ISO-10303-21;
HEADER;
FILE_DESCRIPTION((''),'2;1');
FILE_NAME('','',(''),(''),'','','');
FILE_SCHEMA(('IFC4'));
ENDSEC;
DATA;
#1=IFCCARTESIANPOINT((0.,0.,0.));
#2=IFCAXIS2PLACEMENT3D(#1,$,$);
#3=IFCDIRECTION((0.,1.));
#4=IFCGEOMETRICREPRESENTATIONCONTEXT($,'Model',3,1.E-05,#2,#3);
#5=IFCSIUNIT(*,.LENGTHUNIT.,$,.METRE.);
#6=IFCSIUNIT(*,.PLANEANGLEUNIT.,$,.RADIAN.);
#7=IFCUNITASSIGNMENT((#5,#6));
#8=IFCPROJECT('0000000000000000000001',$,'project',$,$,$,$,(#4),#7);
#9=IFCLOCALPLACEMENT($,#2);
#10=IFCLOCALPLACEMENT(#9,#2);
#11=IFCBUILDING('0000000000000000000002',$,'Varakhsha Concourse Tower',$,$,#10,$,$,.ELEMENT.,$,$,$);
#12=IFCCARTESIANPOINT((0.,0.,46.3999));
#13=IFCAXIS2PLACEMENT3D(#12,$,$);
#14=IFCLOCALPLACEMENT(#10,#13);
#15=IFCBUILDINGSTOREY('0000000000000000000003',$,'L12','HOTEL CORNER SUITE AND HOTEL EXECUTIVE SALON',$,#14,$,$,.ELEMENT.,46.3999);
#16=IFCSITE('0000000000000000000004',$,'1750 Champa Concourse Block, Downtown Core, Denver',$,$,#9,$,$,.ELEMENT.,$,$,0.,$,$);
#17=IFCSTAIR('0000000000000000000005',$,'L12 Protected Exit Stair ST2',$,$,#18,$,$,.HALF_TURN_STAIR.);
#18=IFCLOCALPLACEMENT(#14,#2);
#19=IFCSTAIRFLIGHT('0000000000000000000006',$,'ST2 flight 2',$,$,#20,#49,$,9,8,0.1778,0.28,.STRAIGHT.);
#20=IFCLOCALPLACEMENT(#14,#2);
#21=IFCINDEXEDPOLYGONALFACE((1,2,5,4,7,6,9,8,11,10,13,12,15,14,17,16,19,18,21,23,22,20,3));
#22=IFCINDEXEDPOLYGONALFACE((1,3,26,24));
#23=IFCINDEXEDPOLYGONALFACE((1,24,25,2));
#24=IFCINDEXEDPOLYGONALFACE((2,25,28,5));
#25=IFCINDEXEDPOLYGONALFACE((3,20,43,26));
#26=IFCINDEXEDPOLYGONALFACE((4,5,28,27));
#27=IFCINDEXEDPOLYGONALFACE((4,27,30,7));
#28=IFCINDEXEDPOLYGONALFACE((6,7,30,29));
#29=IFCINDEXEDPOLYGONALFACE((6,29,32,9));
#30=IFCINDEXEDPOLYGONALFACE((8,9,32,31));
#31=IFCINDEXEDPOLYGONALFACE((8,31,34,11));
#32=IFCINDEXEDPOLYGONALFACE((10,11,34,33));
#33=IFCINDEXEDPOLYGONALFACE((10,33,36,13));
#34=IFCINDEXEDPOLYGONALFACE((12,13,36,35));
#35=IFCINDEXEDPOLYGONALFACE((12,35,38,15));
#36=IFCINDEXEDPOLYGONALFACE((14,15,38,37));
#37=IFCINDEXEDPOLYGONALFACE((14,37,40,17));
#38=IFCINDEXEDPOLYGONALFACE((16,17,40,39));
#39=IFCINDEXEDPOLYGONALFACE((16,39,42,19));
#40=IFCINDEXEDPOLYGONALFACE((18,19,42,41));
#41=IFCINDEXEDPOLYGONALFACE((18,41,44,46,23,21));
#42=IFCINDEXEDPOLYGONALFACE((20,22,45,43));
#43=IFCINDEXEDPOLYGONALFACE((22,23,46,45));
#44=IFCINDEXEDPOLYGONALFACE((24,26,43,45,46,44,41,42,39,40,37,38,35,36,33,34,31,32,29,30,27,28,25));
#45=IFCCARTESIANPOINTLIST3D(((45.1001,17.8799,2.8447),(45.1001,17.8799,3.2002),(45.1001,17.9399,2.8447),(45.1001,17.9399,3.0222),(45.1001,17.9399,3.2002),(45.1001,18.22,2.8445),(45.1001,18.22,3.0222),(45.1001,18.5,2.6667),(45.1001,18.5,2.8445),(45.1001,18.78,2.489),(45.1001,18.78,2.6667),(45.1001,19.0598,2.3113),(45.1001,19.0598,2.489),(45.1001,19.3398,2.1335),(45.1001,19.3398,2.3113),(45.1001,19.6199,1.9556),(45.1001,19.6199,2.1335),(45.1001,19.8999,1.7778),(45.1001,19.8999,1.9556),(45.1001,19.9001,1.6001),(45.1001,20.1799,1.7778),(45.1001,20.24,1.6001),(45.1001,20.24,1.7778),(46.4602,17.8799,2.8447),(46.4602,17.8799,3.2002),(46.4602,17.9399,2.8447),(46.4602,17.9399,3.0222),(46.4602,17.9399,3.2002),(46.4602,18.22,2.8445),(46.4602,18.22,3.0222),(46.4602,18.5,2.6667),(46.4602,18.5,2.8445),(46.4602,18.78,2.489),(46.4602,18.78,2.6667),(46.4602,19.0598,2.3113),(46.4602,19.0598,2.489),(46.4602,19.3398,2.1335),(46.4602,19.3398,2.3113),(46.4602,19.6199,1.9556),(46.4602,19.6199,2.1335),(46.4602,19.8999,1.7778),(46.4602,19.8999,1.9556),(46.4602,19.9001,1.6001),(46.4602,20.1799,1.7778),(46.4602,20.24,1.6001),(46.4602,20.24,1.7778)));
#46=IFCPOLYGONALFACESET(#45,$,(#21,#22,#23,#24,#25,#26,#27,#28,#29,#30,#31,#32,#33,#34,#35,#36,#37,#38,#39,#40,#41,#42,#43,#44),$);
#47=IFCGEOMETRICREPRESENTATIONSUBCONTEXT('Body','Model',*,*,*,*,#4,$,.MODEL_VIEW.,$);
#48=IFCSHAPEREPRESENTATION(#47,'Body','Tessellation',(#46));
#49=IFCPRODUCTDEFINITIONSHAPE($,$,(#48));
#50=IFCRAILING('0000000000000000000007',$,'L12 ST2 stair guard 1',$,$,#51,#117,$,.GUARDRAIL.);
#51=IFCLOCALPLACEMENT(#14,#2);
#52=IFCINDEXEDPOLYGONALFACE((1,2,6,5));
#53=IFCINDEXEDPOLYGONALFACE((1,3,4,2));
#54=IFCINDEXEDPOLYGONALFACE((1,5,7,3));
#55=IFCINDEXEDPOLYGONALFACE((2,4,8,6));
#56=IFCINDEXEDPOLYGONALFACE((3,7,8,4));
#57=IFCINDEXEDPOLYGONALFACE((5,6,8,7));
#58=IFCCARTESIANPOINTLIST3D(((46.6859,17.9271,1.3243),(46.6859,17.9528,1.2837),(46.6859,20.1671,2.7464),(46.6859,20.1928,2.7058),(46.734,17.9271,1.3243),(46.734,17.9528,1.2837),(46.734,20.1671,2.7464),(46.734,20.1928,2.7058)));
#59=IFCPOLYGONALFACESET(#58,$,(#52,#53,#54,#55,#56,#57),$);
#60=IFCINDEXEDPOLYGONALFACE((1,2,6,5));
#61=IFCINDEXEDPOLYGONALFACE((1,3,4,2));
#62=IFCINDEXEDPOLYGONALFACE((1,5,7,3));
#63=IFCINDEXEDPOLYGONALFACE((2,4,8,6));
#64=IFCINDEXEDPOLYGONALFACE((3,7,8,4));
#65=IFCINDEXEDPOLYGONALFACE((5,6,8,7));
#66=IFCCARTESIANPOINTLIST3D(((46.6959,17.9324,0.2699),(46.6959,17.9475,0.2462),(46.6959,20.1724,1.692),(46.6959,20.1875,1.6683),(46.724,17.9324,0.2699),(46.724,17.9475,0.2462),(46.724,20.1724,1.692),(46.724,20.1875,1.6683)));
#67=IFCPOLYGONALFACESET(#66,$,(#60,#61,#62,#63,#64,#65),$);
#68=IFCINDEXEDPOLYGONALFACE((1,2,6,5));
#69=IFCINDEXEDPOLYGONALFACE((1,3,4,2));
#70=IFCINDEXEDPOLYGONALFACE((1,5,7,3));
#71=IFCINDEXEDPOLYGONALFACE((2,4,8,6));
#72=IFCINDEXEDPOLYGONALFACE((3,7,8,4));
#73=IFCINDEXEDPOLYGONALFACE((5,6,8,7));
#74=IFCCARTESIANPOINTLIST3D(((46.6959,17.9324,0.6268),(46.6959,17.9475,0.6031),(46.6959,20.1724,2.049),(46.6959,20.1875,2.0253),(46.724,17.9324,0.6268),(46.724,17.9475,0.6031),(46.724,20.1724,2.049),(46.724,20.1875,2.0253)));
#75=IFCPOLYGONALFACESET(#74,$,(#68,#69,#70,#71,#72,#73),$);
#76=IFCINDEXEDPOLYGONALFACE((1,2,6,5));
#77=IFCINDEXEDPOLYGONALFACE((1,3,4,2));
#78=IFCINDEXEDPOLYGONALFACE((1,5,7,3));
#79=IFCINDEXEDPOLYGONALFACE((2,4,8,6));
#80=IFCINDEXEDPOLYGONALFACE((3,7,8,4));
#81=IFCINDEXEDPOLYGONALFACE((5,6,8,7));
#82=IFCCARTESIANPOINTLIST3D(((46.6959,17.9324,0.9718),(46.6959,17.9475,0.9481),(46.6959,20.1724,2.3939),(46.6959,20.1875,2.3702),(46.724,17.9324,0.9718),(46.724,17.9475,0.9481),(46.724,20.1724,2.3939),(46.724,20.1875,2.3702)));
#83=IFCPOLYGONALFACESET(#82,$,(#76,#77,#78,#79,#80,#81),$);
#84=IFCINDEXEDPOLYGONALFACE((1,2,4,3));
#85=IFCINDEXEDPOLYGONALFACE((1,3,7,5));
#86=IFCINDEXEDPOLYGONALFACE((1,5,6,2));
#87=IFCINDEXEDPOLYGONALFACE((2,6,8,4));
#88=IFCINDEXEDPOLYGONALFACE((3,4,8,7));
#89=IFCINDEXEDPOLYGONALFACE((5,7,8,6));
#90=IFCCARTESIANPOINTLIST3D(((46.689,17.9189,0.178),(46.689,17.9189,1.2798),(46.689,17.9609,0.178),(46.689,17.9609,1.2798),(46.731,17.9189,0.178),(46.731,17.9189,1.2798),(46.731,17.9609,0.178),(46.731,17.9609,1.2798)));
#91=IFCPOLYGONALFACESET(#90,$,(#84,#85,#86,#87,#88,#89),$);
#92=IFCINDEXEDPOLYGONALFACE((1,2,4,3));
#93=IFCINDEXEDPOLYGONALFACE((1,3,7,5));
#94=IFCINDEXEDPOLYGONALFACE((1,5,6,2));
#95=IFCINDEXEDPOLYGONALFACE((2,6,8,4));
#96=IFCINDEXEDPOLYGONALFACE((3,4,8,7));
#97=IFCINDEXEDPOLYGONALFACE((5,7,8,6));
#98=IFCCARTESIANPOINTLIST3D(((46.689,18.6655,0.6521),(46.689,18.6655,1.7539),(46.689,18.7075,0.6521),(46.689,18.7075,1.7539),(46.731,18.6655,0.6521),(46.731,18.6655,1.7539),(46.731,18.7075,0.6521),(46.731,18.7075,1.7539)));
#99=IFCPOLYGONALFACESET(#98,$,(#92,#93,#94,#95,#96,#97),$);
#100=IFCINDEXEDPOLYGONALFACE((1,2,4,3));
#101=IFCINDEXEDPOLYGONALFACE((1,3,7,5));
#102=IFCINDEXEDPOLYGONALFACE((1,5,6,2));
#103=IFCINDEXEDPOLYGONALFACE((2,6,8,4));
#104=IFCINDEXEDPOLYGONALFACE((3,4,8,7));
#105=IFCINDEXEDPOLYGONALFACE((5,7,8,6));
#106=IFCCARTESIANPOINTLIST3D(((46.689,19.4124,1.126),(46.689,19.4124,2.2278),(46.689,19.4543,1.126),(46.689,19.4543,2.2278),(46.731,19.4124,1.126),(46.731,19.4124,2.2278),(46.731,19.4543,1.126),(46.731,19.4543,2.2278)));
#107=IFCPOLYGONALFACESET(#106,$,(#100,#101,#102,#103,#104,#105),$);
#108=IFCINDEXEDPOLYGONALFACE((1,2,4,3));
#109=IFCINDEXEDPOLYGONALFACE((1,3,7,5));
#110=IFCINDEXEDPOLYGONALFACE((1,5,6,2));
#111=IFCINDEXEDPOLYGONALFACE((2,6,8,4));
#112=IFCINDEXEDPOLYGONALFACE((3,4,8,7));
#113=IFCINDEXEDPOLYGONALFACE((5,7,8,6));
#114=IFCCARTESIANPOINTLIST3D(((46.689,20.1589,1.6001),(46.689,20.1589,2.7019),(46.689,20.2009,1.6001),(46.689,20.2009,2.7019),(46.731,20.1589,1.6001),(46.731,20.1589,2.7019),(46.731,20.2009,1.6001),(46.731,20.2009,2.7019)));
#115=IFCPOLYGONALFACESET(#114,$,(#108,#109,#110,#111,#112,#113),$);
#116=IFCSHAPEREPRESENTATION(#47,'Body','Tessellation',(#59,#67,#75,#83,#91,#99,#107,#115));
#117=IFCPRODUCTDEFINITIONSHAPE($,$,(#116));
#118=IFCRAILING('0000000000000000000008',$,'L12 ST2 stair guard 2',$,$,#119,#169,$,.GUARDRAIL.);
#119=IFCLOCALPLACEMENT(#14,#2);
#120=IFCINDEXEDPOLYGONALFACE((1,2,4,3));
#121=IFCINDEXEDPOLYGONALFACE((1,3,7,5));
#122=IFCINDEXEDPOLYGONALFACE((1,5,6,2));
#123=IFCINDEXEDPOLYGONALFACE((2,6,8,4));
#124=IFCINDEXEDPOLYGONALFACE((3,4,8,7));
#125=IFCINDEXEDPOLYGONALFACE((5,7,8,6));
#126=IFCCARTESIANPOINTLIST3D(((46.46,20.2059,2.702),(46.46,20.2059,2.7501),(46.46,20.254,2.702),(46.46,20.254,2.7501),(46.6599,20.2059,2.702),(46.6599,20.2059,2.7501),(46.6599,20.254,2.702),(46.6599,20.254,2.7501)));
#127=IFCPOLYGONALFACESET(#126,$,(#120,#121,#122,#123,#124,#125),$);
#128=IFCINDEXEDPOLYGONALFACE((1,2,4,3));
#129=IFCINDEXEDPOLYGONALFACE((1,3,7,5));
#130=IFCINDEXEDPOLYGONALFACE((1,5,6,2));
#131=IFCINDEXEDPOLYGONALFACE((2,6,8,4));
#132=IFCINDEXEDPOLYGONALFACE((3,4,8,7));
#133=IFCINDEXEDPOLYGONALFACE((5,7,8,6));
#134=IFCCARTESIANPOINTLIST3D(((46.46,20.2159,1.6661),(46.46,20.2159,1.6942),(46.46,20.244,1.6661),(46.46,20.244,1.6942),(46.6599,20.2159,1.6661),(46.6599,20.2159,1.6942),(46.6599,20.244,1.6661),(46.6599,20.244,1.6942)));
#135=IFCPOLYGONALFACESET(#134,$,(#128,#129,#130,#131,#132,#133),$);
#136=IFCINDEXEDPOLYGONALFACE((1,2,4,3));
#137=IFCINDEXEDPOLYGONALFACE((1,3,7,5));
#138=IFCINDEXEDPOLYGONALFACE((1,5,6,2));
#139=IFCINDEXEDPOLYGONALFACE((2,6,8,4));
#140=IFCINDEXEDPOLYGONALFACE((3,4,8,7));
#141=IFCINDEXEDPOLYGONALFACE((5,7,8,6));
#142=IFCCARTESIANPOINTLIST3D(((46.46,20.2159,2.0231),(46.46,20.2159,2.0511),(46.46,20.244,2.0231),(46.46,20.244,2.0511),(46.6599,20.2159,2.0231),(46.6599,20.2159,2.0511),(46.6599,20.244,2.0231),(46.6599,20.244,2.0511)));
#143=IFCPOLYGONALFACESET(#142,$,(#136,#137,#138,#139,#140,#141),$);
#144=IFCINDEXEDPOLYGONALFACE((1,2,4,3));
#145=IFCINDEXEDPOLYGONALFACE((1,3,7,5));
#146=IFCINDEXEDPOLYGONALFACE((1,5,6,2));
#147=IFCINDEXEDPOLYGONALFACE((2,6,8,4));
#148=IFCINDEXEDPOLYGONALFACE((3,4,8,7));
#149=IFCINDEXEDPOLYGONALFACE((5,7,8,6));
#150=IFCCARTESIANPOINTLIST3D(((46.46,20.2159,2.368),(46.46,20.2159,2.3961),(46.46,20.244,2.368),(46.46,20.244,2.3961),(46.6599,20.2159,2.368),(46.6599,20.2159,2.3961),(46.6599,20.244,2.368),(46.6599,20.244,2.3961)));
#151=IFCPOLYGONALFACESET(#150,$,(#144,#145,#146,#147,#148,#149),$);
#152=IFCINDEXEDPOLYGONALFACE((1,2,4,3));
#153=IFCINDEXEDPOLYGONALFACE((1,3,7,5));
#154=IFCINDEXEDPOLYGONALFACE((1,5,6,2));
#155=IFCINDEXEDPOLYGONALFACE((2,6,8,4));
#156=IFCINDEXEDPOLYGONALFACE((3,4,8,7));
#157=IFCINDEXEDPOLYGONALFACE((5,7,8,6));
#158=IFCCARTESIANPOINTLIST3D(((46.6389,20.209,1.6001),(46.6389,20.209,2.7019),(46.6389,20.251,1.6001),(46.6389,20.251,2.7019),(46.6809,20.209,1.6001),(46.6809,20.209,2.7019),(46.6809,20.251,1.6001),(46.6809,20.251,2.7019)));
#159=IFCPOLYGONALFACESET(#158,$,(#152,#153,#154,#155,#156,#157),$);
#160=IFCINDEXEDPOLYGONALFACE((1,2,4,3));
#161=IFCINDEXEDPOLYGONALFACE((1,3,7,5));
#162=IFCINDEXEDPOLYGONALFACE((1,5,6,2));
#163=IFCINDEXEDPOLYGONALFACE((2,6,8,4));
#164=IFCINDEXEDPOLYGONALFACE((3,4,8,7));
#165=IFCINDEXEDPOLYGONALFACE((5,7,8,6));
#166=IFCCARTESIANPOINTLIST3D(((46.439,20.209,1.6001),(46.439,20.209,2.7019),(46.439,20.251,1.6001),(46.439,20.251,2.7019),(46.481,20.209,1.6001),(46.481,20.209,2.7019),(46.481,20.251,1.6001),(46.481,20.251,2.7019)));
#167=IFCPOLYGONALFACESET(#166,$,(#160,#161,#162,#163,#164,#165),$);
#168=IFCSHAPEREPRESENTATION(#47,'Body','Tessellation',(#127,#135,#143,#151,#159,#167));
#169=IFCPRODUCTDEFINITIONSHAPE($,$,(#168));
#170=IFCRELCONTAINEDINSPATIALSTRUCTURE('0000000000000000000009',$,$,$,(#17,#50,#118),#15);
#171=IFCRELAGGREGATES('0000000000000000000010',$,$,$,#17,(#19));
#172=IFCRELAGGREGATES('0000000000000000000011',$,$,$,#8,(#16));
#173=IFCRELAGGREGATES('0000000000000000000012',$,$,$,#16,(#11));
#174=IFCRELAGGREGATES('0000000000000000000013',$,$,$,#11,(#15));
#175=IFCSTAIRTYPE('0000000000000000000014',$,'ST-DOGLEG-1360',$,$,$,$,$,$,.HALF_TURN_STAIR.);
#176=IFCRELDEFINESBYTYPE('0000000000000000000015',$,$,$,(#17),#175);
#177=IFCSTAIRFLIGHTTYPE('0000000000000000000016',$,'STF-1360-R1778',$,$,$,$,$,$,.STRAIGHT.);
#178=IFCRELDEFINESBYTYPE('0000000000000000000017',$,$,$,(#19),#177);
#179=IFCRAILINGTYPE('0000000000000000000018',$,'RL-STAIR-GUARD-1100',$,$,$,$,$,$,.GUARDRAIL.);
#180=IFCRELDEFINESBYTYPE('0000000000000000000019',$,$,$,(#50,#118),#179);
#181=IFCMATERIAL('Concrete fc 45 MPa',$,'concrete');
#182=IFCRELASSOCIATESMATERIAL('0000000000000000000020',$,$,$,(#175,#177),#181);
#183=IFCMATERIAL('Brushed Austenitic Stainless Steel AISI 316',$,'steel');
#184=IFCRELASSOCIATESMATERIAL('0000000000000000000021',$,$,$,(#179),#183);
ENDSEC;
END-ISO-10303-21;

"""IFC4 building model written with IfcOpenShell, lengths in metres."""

from ifc_helpers import new_model, si_unit, direction, frame, origin, origin_2d, place, context, subcontext, project, spatial, polyline, rectangle, outline, extrude, material, type_object, element, aggregate, save


model = new_model("IFC4")

# Units and contexts
model_context = context("Model", 3, precision=1e-05, world=origin(), true_north=direction((0.0, 1.0)))
body_context = subcontext(model_context, "Body", "Model", "MODEL_VIEW")
ifc_project = project(units=[si_unit("LENGTHUNIT", "METRE"), si_unit("PLANEANGLEUNIT", "RADIAN")], contexts=[model_context])

# Site, building, storey
site_placement = place(None, origin())
site = spatial("IfcSite", under=ifc_project, at=site_placement, Name="1750 Champa Concourse Block, Downtown Core, Denver", CompositionType="ELEMENT", RefElevation=0.0)
building_placement = place(site_placement, origin())
building = spatial("IfcBuilding", under=site, at=building_placement, Name="Varakhsha Concourse Tower", CompositionType="ELEMENT")
storey_placement = place(building_placement, frame((0.0, 0.0, 46.3999)))
storey = spatial("IfcBuildingStorey", under=building, at=storey_placement, Name="L12", Description="HOTEL CORNER SUITE AND HOTEL EXECUTIVE SALON", CompositionType="ELEMENT", Elevation=46.3999)

# Shared definitions
ifc_material_1 = material(Name="Concrete fc 45 MPa", Category="concrete")

# Stair, stair flight
stair_type = type_object("IfcStairType", Name="ST-DOGLEG-1360", PredefinedType="HALF_TURN_STAIR", material=ifc_material_1)
stair_placement = place(storey_placement, origin())
stair = element("IfcStair", 1, at=stair_placement, inside=storey, type_object=stair_type, Name="L12 Protected Exit Stair ST2", PredefinedType="HALF_TURN_STAIR")
stair_flight_type = type_object("IfcStairFlightType", Name="STF-1360-R1778", PredefinedType="STRAIGHT", material=ifc_material_1)
stair_flight_1_placement = place(storey_placement, frame((45.78, 20.1799, 1.6001), z_axis=(0.0, 0.0, 1.0), x_axis=(0.0, -1.0, 0.0)))
stair_flight_1 = element("IfcStairFlight", 2, at=stair_flight_1_placement, type_object=stair_flight_type, Name="ST2 flight 2", NumberOfRisers=9, NumberOfTreads=8, PredefinedType="STRAIGHT", RiserHeight=0.1778, TreadLength=0.28, context=body_context, shape_type="SweptSolid", body=[
    extrude(outline(polyline([(-0.0601, 0.0), (-0.0601, 0.1777), (0.0, 0.1777), (0.28, 0.1777), (0.28, 0.3555), (0.5601, 0.3555), (0.5601, 0.5334), (0.8401, 0.5334), (0.8401, 0.7112), (1.1201, 0.7112), (1.1201, 0.8889), (1.3999, 0.8889), (1.3999, 1.0667), (1.6799, 1.0667), (1.6799, 1.2444), (1.96, 1.2444), (1.96, 1.4221), (2.24, 1.4221), (2.24, 1.6001), (2.3, 1.6001), (2.3, 1.2446), (2.24, 1.2446), (0.2798, 0.0), (-0.0601, 0.0)])), frame((0.0, 0.6802, 0.0), z_axis=(0.0, -1.0, 0.0), x_axis=(1.0, 0.0, 0.0)), (0.0, 0.0, 1.0), 1.3601),
])
aggregate(stair, [stair_flight_1])

# Railings
ifc_material_2 = material(Name="Brushed Austenitic Stainless Steel AISI 316", Category="steel")
railing_type_1 = type_object("IfcRailingType", Name="RL-STAIR-GUARD-1100", PredefinedType="GUARDRAIL", material=ifc_material_2)
railing_1_placement = place(storey_placement, frame((46.71, 17.9399, 0.178)))
element("IfcRailing", 3, at=railing_1_placement, inside=storey, type_object=railing_type_1, Name="L12 ST2 stair guard 1", PredefinedType="GUARDRAIL", context=body_context, shape_type="SweptSolid", body=[
    extrude(rectangle(XDim=0.0481, YDim=0.0481, at=origin_2d()), frame((0.0, 0.0, 1.126), z_axis=(0.0, 0.844229, 0.535982), x_axis=(-1.0, 0.0, 0.0)), (0.0, 0.0, 1.0), 2.6533),
    extrude(rectangle(XDim=0.0281, YDim=0.0281, at=origin_2d()), frame((0.0, 0.0, 0.0801), z_axis=(0.0, 0.844229, 0.535982), x_axis=(-1.0, 0.0, 0.0)), (0.0, 0.0, 1.0), 2.6533),
    extrude(rectangle(XDim=0.0281, YDim=0.0281, at=origin_2d()), frame((0.0, 0.0, 0.437), z_axis=(0.0, 0.844229, 0.535982), x_axis=(-1.0, 0.0, 0.0)), (0.0, 0.0, 1.0), 2.6533),
    extrude(rectangle(XDim=0.0281, YDim=0.0281, at=origin_2d()), frame((0.0, 0.0, 0.782), z_axis=(0.0, 0.844229, 0.535982), x_axis=(-1.0, 0.0, 0.0)), (0.0, 0.0, 1.0), 2.6533),
    extrude(rectangle(XDim=0.042, YDim=0.042, at=origin_2d()), origin(), (0.0, 0.0, 1.0), 1.1018),
    extrude(rectangle(XDim=0.042, YDim=0.042, at=origin_2d()), frame((0.0, 0.7466, 0.4741)), (0.0, 0.0, 1.0), 1.1018),
    extrude(rectangle(XDim=0.042, YDim=0.042, at=origin_2d()), frame((0.0, 1.4934, 0.948)), (0.0, 0.0, 1.0), 1.1018),
    extrude(rectangle(XDim=0.042, YDim=0.042, at=origin_2d()), frame((0.0, 2.24, 1.4221)), (0.0, 0.0, 1.0), 1.1018),
])
railing_2_placement = place(storey_placement, frame((46.6599, 20.23, 1.6001)))
element("IfcRailing", 4, at=railing_2_placement, inside=storey, type_object=railing_type_1, Name="L12 ST2 stair guard 2", PredefinedType="GUARDRAIL", context=body_context, shape_type="SweptSolid", body=[
    extrude(rectangle(XDim=0.0481, YDim=0.0481, at=origin_2d()), frame((0.0, 0.0, 1.126), z_axis=(-1.0, 0.0, 0.0), x_axis=(0.0, -1.0, 0.0)), (0.0, 0.0, 1.0), 0.2),
    extrude(rectangle(XDim=0.0281, YDim=0.0281, at=origin_2d()), frame((0.0, 0.0, 0.0801), z_axis=(-1.0, 0.0, 0.0), x_axis=(0.0, -1.0, 0.0)), (0.0, 0.0, 1.0), 0.2),
    extrude(rectangle(XDim=0.0281, YDim=0.0281, at=origin_2d()), frame((0.0, 0.0, 0.437), z_axis=(-1.0, 0.0, 0.0), x_axis=(0.0, -1.0, 0.0)), (0.0, 0.0, 1.0), 0.2),
    extrude(rectangle(XDim=0.0281, YDim=0.0281, at=origin_2d()), frame((0.0, 0.0, 0.782), z_axis=(-1.0, 0.0, 0.0), x_axis=(0.0, -1.0, 0.0)), (0.0, 0.0, 1.0), 0.2),
    extrude(rectangle(XDim=0.042, YDim=0.042, at=origin_2d()), origin(), (0.0, 0.0, 1.0), 1.1018),
    extrude(rectangle(XDim=0.042, YDim=0.042, at=origin_2d()), frame((-0.2, 0.0, 0.0)), (0.0, 0.0, 1.0), 1.1018),
])

save(model, "model.ifc")
